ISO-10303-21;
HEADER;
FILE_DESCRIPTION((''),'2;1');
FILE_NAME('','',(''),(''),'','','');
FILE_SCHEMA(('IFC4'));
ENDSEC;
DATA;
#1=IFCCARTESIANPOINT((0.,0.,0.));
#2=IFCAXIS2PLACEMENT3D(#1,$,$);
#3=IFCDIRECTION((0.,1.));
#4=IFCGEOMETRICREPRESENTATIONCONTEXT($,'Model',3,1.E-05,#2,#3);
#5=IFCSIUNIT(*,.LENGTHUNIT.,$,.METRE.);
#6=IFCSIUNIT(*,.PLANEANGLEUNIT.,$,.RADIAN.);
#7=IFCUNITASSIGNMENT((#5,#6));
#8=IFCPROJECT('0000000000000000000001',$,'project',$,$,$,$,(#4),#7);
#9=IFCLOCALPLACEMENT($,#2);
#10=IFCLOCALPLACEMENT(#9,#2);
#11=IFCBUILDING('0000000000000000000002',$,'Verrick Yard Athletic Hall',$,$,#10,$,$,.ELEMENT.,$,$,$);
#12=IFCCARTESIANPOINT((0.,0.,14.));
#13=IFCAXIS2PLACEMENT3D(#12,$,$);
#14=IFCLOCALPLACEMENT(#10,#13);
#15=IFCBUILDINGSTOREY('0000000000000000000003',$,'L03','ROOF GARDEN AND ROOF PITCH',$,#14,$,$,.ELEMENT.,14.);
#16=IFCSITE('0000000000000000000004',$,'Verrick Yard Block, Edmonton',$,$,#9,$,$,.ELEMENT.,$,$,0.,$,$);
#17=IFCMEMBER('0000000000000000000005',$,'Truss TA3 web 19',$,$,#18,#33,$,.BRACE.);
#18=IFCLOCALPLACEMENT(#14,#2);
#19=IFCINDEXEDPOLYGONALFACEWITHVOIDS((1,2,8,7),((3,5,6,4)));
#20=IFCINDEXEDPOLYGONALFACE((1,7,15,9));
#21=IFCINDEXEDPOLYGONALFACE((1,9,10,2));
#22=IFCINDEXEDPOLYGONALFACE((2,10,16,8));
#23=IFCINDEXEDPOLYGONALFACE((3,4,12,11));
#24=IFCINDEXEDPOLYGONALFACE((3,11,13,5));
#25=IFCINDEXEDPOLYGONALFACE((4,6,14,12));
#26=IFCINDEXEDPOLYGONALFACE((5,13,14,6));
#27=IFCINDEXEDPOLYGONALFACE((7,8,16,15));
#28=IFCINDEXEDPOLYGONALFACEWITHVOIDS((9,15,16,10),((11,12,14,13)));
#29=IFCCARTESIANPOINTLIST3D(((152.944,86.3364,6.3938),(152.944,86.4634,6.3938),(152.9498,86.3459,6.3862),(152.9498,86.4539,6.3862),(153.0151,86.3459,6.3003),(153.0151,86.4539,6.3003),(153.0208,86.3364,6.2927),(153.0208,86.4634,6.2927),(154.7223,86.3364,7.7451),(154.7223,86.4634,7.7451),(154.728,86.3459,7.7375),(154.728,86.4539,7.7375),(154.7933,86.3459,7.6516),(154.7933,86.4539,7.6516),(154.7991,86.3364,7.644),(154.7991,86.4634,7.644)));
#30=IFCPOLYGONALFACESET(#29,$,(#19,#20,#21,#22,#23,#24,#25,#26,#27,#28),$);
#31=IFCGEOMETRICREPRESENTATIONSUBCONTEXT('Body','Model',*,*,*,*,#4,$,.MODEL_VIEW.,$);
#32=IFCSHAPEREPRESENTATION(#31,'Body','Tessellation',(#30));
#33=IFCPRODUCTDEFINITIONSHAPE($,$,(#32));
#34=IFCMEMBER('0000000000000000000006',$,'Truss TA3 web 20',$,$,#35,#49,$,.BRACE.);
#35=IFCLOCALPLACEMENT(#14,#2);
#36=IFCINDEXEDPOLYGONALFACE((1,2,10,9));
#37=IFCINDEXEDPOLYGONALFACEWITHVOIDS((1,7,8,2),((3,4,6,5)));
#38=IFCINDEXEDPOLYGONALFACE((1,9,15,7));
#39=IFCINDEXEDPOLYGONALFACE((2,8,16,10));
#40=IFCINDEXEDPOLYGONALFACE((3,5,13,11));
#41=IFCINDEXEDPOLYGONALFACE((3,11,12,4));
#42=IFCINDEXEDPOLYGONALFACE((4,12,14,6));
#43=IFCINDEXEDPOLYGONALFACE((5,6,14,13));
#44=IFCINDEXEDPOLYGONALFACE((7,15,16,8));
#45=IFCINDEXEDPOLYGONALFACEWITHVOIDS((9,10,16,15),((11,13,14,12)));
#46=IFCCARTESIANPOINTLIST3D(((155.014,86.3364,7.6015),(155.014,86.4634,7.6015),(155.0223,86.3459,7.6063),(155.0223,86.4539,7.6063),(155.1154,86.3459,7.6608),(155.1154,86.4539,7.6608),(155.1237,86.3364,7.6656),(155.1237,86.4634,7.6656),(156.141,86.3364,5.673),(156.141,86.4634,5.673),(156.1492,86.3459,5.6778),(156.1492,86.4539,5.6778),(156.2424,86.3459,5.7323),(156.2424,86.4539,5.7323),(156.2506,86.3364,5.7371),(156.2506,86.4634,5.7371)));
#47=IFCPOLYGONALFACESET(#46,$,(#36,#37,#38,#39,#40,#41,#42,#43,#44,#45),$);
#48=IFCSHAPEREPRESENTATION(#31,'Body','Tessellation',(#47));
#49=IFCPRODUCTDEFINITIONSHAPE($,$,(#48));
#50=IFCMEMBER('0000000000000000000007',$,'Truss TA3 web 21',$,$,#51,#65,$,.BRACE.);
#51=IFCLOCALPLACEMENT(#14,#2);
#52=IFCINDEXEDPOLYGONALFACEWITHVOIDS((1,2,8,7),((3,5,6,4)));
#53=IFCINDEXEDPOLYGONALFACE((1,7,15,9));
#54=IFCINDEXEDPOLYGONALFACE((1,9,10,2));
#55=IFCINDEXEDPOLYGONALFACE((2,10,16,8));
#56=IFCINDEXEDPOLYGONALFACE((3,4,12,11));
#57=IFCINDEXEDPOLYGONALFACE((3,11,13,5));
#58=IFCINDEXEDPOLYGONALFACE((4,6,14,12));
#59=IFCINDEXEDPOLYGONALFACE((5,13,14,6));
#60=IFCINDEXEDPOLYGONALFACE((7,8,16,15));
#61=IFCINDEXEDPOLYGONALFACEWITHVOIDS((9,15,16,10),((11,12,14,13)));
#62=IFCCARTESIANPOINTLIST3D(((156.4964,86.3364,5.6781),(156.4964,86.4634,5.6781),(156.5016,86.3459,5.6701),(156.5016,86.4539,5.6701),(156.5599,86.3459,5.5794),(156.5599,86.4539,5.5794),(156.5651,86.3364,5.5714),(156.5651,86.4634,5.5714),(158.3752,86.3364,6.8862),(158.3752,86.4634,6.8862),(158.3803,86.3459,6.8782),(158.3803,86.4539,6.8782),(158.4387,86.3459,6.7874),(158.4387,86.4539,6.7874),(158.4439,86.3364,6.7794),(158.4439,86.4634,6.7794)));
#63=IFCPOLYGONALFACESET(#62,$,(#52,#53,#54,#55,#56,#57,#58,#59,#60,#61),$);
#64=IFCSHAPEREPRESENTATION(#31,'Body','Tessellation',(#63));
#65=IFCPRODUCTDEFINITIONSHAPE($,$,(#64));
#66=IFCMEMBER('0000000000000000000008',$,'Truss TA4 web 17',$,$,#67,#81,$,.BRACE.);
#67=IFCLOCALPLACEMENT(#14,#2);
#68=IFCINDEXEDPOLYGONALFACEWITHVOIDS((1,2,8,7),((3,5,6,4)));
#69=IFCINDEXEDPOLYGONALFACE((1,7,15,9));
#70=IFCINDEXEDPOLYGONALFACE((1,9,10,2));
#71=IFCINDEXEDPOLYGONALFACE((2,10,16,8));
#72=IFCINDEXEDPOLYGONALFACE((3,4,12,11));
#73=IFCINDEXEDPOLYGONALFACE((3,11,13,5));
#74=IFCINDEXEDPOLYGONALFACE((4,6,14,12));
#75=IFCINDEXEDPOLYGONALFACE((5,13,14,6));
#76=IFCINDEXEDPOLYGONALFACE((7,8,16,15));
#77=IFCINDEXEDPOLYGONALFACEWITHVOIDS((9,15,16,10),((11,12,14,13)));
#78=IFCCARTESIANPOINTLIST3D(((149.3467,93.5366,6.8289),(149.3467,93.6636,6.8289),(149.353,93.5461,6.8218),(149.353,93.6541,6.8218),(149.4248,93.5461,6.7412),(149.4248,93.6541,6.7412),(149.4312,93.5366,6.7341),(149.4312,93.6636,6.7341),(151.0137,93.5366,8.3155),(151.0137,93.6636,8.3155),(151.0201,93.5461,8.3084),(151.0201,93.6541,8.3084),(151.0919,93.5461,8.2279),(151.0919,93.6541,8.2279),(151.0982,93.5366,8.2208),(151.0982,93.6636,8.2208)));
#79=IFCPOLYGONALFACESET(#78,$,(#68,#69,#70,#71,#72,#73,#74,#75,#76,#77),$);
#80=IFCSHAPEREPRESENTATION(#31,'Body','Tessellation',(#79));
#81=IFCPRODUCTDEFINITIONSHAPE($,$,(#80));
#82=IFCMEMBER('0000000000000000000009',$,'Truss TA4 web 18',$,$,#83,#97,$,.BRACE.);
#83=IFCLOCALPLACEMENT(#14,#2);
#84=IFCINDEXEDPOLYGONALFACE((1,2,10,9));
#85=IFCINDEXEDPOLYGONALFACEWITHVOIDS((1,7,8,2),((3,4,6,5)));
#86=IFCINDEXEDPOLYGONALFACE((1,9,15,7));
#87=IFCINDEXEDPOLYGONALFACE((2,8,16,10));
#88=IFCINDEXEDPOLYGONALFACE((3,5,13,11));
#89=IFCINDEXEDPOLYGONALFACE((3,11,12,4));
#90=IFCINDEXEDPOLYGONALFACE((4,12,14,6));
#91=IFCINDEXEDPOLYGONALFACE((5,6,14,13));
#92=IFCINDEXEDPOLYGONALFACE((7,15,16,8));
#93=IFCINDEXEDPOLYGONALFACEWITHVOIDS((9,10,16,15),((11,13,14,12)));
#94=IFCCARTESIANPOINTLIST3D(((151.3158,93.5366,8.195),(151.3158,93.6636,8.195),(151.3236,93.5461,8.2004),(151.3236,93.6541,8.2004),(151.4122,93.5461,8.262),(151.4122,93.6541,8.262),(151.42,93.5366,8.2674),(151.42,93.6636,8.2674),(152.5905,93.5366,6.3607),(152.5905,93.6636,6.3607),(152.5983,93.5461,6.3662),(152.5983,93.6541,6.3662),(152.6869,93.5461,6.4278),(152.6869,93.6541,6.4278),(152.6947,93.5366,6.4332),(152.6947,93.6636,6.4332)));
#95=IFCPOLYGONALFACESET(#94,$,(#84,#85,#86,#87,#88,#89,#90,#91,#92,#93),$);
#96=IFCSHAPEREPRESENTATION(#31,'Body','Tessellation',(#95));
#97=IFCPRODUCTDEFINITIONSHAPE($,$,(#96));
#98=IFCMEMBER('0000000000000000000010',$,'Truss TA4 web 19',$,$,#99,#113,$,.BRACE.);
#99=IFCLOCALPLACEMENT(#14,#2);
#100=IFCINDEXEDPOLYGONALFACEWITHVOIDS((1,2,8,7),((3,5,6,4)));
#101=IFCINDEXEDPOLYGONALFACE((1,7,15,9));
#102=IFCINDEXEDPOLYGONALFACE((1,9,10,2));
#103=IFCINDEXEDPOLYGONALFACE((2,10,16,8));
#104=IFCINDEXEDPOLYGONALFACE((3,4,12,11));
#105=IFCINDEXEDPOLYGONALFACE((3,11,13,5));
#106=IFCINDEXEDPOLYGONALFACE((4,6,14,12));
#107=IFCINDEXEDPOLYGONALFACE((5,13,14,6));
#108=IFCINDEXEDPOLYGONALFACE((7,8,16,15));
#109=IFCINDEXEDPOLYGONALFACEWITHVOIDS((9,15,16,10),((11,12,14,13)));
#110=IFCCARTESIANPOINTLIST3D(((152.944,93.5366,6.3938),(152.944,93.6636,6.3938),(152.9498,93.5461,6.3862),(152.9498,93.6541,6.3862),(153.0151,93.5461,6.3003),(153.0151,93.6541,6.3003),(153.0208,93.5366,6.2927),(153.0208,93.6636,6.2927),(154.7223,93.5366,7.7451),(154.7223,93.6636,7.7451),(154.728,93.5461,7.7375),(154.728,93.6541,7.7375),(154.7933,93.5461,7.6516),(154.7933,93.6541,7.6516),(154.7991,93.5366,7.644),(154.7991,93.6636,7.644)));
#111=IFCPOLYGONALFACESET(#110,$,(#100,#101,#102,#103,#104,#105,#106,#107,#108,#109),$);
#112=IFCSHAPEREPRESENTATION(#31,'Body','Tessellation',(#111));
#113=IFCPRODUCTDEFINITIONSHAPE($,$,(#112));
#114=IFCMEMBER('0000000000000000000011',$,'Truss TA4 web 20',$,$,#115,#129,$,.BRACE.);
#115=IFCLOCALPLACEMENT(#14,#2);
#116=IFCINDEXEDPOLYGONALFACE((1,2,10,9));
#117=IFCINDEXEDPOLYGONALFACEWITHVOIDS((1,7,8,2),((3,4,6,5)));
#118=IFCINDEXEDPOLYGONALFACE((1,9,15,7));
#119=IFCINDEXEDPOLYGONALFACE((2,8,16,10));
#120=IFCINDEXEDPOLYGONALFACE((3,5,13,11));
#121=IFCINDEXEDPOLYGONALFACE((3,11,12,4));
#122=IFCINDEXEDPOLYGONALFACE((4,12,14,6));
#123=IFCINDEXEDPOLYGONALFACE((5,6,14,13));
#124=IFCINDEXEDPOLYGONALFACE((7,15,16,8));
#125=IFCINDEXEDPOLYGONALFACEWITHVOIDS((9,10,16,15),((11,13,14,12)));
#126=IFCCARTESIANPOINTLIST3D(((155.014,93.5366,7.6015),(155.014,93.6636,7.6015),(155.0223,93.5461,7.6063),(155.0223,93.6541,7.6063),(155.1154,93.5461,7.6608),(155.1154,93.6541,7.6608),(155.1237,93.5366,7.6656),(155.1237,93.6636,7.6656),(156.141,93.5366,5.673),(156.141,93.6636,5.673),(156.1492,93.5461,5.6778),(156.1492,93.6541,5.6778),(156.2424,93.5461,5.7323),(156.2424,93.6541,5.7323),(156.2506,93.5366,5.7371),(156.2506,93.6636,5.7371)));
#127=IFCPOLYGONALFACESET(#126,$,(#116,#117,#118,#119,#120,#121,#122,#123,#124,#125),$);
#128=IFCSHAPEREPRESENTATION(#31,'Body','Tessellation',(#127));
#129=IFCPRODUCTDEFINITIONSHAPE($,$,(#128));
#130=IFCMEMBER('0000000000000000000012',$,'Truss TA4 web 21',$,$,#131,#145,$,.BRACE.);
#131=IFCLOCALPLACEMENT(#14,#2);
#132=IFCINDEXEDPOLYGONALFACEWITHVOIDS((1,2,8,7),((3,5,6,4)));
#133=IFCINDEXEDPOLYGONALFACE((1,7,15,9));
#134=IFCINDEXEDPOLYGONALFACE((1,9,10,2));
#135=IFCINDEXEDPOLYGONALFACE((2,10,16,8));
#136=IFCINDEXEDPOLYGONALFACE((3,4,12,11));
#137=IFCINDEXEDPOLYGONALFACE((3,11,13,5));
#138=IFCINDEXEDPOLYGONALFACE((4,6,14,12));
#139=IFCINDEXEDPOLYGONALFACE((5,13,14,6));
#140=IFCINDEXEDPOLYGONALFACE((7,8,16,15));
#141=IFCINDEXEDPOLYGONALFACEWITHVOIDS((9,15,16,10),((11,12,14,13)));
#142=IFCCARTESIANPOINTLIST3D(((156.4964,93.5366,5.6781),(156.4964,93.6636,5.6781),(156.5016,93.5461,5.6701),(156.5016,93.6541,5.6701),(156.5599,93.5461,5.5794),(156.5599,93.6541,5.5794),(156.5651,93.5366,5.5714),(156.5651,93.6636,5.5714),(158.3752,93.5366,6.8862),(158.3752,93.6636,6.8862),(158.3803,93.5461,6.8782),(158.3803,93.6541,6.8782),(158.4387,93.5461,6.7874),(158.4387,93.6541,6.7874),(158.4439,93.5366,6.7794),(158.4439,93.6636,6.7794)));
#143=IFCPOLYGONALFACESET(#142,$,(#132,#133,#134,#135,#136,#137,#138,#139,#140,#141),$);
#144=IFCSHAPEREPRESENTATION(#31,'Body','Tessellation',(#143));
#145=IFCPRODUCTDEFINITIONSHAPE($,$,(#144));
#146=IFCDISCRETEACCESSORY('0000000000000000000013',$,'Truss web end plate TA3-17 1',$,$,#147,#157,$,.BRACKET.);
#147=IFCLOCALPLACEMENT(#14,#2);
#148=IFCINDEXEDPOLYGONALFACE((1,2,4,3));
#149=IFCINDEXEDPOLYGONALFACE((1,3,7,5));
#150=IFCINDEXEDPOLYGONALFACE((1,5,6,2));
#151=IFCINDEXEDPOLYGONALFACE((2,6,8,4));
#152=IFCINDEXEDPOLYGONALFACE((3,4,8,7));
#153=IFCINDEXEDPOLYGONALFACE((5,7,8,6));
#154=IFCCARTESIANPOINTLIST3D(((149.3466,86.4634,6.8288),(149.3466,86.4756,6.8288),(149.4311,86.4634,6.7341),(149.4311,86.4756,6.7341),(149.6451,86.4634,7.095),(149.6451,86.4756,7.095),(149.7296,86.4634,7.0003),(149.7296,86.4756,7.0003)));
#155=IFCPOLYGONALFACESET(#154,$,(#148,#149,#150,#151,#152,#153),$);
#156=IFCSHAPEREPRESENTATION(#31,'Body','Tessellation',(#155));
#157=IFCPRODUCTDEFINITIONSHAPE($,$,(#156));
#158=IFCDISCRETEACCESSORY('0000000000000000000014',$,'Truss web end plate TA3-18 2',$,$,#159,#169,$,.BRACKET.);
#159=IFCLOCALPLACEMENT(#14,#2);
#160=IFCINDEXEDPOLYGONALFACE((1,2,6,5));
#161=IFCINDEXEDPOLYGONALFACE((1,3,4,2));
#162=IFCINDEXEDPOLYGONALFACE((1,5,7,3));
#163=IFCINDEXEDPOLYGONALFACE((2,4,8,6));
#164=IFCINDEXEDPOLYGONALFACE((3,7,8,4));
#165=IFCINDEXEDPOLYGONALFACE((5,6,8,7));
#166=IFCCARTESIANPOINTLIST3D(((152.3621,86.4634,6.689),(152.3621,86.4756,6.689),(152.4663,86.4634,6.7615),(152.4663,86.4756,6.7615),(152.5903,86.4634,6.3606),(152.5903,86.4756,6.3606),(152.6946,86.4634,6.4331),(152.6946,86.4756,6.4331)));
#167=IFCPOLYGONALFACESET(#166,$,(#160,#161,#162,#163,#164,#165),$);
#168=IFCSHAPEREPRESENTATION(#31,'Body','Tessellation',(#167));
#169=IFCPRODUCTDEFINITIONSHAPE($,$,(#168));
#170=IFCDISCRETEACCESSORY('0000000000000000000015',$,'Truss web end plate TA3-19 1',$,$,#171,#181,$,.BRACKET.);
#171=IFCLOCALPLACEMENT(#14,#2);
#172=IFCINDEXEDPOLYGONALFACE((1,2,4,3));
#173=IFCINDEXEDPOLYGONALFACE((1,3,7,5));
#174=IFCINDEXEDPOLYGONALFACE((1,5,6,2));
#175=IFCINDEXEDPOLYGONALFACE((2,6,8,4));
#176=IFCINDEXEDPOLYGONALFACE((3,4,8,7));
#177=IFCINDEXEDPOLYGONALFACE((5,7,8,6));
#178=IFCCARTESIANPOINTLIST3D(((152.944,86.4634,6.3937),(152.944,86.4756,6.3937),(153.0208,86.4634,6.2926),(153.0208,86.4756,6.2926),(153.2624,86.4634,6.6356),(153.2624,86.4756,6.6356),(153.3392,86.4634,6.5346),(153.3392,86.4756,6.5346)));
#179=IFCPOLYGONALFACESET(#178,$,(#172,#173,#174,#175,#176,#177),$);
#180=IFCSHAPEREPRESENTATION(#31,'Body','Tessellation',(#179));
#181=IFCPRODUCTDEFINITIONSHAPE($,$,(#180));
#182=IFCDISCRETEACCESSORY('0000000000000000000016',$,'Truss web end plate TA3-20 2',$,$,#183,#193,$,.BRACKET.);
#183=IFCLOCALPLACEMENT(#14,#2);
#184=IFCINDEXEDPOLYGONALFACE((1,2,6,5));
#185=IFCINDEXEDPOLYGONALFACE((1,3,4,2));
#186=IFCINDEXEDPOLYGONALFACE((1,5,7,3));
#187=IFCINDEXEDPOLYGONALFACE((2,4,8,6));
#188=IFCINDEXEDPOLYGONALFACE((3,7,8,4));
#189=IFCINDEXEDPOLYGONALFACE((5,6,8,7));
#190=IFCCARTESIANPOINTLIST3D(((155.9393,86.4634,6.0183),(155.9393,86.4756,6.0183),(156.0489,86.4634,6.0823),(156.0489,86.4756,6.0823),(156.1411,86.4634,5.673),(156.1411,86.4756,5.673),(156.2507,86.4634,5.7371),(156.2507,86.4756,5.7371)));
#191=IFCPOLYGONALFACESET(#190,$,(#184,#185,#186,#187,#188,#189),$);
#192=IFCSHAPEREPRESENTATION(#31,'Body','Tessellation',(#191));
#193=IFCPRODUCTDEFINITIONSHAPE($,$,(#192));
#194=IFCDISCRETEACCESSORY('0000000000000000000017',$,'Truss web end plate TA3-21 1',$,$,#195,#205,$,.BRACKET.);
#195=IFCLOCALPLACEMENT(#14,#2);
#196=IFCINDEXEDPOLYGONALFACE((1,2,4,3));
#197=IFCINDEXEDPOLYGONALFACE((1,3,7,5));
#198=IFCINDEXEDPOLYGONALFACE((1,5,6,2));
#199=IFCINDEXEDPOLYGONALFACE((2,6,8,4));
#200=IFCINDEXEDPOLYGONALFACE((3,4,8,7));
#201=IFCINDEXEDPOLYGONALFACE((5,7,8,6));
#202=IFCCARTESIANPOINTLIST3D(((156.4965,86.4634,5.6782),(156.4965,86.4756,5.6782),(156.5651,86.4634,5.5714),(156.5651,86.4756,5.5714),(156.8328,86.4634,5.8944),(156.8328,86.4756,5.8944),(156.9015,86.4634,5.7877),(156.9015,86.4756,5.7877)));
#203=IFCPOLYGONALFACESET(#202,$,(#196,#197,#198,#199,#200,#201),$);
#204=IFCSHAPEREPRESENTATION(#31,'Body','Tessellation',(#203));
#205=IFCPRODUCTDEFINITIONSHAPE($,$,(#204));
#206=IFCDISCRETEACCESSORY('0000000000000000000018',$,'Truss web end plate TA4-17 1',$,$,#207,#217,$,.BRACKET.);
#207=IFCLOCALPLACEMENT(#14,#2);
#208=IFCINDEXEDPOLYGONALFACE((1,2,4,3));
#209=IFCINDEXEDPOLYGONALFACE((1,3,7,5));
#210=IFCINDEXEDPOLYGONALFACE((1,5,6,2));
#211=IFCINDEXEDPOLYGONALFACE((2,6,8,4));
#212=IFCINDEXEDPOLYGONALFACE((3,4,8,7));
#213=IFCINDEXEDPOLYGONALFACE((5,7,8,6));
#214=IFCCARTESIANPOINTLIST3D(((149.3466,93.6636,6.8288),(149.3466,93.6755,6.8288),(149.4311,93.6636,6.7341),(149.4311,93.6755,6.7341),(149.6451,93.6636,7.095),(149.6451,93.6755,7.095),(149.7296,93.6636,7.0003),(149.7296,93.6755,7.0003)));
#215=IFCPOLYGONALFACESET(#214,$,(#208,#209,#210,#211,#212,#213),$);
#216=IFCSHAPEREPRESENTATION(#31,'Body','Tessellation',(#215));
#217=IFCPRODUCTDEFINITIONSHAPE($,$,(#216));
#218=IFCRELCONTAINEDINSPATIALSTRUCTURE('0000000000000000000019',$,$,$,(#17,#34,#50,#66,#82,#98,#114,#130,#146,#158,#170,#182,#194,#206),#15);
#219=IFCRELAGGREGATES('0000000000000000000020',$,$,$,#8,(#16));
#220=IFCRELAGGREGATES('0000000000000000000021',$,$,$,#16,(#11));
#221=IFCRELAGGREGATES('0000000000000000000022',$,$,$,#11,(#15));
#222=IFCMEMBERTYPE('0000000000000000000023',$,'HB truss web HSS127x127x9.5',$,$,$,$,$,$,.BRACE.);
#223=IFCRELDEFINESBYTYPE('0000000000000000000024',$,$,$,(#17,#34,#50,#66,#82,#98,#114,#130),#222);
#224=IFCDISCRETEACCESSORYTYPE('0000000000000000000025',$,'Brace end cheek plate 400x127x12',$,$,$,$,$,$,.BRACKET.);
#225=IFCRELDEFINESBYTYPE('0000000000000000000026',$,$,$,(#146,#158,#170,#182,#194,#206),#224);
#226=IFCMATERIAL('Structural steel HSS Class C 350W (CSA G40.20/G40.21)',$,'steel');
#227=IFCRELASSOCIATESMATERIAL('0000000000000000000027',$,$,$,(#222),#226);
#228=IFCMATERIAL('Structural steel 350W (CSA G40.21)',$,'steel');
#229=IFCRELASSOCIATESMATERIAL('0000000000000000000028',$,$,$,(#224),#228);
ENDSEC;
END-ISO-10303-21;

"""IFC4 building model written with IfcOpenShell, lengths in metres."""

from ifc_helpers import new_model, si_unit, direction, frame, origin, origin_2d, place, context, subcontext, project, spatial, rectangle, hollow_rectangle, extrude, material, material_profile, profile_set, type_object, element, save


model = new_model("IFC4")

# Units and contexts
model_context = context("Model", 3, precision=1e-05, world=origin(), true_north=direction((0.0, 1.0)))
body_context = subcontext(model_context, "Body", "Model", "MODEL_VIEW")
ifc_project = project(units=[si_unit("LENGTHUNIT", "METRE"), si_unit("PLANEANGLEUNIT", "RADIAN")], contexts=[model_context])

# Site, building, storey
site_placement = place(None, origin())
site = spatial("IfcSite", under=ifc_project, at=site_placement, Name="Verrick Yard Block, Edmonton", CompositionType="ELEMENT", RefElevation=0.0)
building_placement = place(site_placement, origin())
building = spatial("IfcBuilding", under=site, at=building_placement, Name="Verrick Yard Athletic Hall", CompositionType="ELEMENT")
storey_placement = place(building_placement, frame((0.0, 0.0, 14.0)))
storey = spatial("IfcBuildingStorey", under=building, at=storey_placement, Name="L03", Description="ROOF GARDEN AND ROOF PITCH", CompositionType="ELEMENT", Elevation=14.0)

# Members
ifc_material_1 = material(Name="Structural steel HSS Class C 350W (CSA G40.20/G40.21)", Category="steel")
ifc_material_profile_1 = material_profile(ifc_material_1, hollow_rectangle(XDim=0.127, YDim=0.127, WallThickness=0.0095, at=origin_2d()), Name="HSS127x127x9.5")
ifc_profile_set_1 = profile_set([ifc_material_profile_1], Name="Structural steel HSS Class C 350W (CSA G40.20/G40.21)")
member_type_1 = type_object("IfcMemberType", Name="HB truss web HSS127x127x9.5", PredefinedType="BRACE", material=ifc_profile_set_1)
member_1_placement = place(storey_placement, frame((152.9824, 86.3999, 6.3433), z_axis=(0.796206, 0.0, 0.605025), x_axis=(0.0, 1.0, 0.0)))
element("IfcMember", 1, at=member_1_placement, inside=storey, type_object=member_type_1, Name="Truss TA3 web 19", PredefinedType="BRACE", context=body_context, shape_type="SweptSolid", body=[
    extrude(hollow_rectangle(XDim=0.127, YDim=0.127, WallThickness=0.0095, at=origin_2d()), origin(), (0.0, 0.0, 1.0), 2.2334),
])
for number, where, z_axis, x_axis, name in (
    (2, (155.0688, 86.3999, 7.6335), (0.504544, 0.0, -0.863386), (0.0, 1.0, 0.0), "Truss TA3 web 20"),
    (3, (156.5308, 86.3999, 5.6248), (0.841118, 0.0, 0.540852), (0.0, 1.0, 0.0), "Truss TA3 web 21"),
    (4, (149.3889, 93.6001, 6.7815), (0.746341, 0.0, 0.665564), (0.0, 1.0, 0.0), "Truss TA4 web 17"),
    (5, (151.3679, 93.6001, 8.2312), (0.570664, 0.0, -0.821184), (0.0, 1.0, 0.0), "Truss TA4 web 18"),
):
    element("IfcMember", number, at=place(storey_placement, frame(where, z_axis=z_axis, x_axis=x_axis)), inside=storey, type_object=member_type_1, Name=name, PredefinedType="BRACE", context=body_context, shape_type="SweptSolid", body=[
        extrude(hollow_rectangle(XDim=0.127, YDim=0.127, WallThickness=0.0095, at=origin_2d()), origin(), (0.0, 0.0, 1.0), 2.2336),
    ])
member_2_placement = place(storey_placement, frame((152.9824, 93.6001, 6.3433), z_axis=(0.796206, 0.0, 0.605025), x_axis=(0.0, 1.0, 0.0)))
element("IfcMember", 6, at=member_2_placement, inside=storey, type_object=member_type_1, Name="Truss TA4 web 19", PredefinedType="BRACE", context=body_context, shape_type="SweptSolid", body=[
    extrude(hollow_rectangle(XDim=0.127, YDim=0.127, WallThickness=0.0095, at=origin_2d()), origin(), (0.0, 0.0, 1.0), 2.2334),
])
for number, where, z_axis, x_axis, name in (
    (7, (155.0688, 93.6001, 7.6335), (0.504544, 0.0, -0.863386), (0.0, 1.0, 0.0), "Truss TA4 web 20"),
    (8, (156.5308, 93.6001, 5.6248), (0.841118, 0.0, 0.540852), (0.0, 1.0, 0.0), "Truss TA4 web 21"),
):
    element("IfcMember", number, at=place(storey_placement, frame(where, z_axis=z_axis, x_axis=x_axis)), inside=storey, type_object=member_type_1, Name=name, PredefinedType="BRACE", context=body_context, shape_type="SweptSolid", body=[
        extrude(hollow_rectangle(XDim=0.127, YDim=0.127, WallThickness=0.0095, at=origin_2d()), origin(), (0.0, 0.0, 1.0), 2.2336),
    ])

# Discrete accessories
ifc_material_2 = material(Name="Structural steel 350W (CSA G40.21)", Category="steel")
ifc_material_profile_2 = material_profile(ifc_material_2, rectangle(XDim=0.3999, YDim=0.127, at=origin_2d()), Name="Brace end cheek plate")
ifc_profile_set_2 = profile_set([ifc_material_profile_2], Name="Structural steel 350W (CSA G40.21)")
discrete_accessory_type_1 = type_object("IfcDiscreteAccessoryType", Name="Brace end cheek plate 400x127x12", PredefinedType="BRACKET", material=ifc_profile_set_2)
for number, where, z_axis, x_axis, name in (
    (9, (149.5381, 86.4634, 6.9146), (0.0, 1.0, 0.0), (0.746352, 0.0, 0.665551), "Truss web end plate TA3-17 1"),
    (10, (152.5283, 86.4634, 6.561), (0.0, 1.0, 0.0), (-0.570674, 0.0, 0.821176), "Truss web end plate TA3-18 2"),
    (11, (153.1416, 86.4634, 6.4641), (0.0, 1.0, 0.0), (0.796193, 0.0, 0.605042), "Truss web end plate TA3-19 1"),
    (12, (156.095, 86.4634, 5.8777), (0.0, 1.0, 0.0), (-0.504597, 0.0, 0.863355), "Truss web end plate TA3-20 2"),
    (13, (156.699, 86.4634, 5.7329), (0.0, 1.0, 0.0), (0.841141, 0.0, 0.540816), "Truss web end plate TA3-21 1"),
):
    element("IfcDiscreteAccessory", number, at=place(storey_placement, frame(where, z_axis=z_axis, x_axis=x_axis)), inside=storey, type_object=discrete_accessory_type_1, Name=name, PredefinedType="BRACKET", context=body_context, shape_type="SweptSolid", body=[
        extrude(rectangle(XDim=0.3999, YDim=0.127, at=origin_2d()), origin(), (0.0, 0.0, 1.0), 0.0122),
    ])
discrete_accessory_1_placement = place(storey_placement, frame((149.5381, 93.6636, 6.9146), z_axis=(0.0, 1.0, 0.0), x_axis=(0.746352, 0.0, 0.665551)))
element("IfcDiscreteAccessory", 14, at=discrete_accessory_1_placement, inside=storey, type_object=discrete_accessory_type_1, Name="Truss web end plate TA4-17 1", PredefinedType="BRACKET", context=body_context, shape_type="SweptSolid", body=[
    extrude(rectangle(XDim=0.3999, YDim=0.127, at=origin_2d()), origin(), (0.0, 0.0, 1.0), 0.012),
])

save(model, "model.ifc")
